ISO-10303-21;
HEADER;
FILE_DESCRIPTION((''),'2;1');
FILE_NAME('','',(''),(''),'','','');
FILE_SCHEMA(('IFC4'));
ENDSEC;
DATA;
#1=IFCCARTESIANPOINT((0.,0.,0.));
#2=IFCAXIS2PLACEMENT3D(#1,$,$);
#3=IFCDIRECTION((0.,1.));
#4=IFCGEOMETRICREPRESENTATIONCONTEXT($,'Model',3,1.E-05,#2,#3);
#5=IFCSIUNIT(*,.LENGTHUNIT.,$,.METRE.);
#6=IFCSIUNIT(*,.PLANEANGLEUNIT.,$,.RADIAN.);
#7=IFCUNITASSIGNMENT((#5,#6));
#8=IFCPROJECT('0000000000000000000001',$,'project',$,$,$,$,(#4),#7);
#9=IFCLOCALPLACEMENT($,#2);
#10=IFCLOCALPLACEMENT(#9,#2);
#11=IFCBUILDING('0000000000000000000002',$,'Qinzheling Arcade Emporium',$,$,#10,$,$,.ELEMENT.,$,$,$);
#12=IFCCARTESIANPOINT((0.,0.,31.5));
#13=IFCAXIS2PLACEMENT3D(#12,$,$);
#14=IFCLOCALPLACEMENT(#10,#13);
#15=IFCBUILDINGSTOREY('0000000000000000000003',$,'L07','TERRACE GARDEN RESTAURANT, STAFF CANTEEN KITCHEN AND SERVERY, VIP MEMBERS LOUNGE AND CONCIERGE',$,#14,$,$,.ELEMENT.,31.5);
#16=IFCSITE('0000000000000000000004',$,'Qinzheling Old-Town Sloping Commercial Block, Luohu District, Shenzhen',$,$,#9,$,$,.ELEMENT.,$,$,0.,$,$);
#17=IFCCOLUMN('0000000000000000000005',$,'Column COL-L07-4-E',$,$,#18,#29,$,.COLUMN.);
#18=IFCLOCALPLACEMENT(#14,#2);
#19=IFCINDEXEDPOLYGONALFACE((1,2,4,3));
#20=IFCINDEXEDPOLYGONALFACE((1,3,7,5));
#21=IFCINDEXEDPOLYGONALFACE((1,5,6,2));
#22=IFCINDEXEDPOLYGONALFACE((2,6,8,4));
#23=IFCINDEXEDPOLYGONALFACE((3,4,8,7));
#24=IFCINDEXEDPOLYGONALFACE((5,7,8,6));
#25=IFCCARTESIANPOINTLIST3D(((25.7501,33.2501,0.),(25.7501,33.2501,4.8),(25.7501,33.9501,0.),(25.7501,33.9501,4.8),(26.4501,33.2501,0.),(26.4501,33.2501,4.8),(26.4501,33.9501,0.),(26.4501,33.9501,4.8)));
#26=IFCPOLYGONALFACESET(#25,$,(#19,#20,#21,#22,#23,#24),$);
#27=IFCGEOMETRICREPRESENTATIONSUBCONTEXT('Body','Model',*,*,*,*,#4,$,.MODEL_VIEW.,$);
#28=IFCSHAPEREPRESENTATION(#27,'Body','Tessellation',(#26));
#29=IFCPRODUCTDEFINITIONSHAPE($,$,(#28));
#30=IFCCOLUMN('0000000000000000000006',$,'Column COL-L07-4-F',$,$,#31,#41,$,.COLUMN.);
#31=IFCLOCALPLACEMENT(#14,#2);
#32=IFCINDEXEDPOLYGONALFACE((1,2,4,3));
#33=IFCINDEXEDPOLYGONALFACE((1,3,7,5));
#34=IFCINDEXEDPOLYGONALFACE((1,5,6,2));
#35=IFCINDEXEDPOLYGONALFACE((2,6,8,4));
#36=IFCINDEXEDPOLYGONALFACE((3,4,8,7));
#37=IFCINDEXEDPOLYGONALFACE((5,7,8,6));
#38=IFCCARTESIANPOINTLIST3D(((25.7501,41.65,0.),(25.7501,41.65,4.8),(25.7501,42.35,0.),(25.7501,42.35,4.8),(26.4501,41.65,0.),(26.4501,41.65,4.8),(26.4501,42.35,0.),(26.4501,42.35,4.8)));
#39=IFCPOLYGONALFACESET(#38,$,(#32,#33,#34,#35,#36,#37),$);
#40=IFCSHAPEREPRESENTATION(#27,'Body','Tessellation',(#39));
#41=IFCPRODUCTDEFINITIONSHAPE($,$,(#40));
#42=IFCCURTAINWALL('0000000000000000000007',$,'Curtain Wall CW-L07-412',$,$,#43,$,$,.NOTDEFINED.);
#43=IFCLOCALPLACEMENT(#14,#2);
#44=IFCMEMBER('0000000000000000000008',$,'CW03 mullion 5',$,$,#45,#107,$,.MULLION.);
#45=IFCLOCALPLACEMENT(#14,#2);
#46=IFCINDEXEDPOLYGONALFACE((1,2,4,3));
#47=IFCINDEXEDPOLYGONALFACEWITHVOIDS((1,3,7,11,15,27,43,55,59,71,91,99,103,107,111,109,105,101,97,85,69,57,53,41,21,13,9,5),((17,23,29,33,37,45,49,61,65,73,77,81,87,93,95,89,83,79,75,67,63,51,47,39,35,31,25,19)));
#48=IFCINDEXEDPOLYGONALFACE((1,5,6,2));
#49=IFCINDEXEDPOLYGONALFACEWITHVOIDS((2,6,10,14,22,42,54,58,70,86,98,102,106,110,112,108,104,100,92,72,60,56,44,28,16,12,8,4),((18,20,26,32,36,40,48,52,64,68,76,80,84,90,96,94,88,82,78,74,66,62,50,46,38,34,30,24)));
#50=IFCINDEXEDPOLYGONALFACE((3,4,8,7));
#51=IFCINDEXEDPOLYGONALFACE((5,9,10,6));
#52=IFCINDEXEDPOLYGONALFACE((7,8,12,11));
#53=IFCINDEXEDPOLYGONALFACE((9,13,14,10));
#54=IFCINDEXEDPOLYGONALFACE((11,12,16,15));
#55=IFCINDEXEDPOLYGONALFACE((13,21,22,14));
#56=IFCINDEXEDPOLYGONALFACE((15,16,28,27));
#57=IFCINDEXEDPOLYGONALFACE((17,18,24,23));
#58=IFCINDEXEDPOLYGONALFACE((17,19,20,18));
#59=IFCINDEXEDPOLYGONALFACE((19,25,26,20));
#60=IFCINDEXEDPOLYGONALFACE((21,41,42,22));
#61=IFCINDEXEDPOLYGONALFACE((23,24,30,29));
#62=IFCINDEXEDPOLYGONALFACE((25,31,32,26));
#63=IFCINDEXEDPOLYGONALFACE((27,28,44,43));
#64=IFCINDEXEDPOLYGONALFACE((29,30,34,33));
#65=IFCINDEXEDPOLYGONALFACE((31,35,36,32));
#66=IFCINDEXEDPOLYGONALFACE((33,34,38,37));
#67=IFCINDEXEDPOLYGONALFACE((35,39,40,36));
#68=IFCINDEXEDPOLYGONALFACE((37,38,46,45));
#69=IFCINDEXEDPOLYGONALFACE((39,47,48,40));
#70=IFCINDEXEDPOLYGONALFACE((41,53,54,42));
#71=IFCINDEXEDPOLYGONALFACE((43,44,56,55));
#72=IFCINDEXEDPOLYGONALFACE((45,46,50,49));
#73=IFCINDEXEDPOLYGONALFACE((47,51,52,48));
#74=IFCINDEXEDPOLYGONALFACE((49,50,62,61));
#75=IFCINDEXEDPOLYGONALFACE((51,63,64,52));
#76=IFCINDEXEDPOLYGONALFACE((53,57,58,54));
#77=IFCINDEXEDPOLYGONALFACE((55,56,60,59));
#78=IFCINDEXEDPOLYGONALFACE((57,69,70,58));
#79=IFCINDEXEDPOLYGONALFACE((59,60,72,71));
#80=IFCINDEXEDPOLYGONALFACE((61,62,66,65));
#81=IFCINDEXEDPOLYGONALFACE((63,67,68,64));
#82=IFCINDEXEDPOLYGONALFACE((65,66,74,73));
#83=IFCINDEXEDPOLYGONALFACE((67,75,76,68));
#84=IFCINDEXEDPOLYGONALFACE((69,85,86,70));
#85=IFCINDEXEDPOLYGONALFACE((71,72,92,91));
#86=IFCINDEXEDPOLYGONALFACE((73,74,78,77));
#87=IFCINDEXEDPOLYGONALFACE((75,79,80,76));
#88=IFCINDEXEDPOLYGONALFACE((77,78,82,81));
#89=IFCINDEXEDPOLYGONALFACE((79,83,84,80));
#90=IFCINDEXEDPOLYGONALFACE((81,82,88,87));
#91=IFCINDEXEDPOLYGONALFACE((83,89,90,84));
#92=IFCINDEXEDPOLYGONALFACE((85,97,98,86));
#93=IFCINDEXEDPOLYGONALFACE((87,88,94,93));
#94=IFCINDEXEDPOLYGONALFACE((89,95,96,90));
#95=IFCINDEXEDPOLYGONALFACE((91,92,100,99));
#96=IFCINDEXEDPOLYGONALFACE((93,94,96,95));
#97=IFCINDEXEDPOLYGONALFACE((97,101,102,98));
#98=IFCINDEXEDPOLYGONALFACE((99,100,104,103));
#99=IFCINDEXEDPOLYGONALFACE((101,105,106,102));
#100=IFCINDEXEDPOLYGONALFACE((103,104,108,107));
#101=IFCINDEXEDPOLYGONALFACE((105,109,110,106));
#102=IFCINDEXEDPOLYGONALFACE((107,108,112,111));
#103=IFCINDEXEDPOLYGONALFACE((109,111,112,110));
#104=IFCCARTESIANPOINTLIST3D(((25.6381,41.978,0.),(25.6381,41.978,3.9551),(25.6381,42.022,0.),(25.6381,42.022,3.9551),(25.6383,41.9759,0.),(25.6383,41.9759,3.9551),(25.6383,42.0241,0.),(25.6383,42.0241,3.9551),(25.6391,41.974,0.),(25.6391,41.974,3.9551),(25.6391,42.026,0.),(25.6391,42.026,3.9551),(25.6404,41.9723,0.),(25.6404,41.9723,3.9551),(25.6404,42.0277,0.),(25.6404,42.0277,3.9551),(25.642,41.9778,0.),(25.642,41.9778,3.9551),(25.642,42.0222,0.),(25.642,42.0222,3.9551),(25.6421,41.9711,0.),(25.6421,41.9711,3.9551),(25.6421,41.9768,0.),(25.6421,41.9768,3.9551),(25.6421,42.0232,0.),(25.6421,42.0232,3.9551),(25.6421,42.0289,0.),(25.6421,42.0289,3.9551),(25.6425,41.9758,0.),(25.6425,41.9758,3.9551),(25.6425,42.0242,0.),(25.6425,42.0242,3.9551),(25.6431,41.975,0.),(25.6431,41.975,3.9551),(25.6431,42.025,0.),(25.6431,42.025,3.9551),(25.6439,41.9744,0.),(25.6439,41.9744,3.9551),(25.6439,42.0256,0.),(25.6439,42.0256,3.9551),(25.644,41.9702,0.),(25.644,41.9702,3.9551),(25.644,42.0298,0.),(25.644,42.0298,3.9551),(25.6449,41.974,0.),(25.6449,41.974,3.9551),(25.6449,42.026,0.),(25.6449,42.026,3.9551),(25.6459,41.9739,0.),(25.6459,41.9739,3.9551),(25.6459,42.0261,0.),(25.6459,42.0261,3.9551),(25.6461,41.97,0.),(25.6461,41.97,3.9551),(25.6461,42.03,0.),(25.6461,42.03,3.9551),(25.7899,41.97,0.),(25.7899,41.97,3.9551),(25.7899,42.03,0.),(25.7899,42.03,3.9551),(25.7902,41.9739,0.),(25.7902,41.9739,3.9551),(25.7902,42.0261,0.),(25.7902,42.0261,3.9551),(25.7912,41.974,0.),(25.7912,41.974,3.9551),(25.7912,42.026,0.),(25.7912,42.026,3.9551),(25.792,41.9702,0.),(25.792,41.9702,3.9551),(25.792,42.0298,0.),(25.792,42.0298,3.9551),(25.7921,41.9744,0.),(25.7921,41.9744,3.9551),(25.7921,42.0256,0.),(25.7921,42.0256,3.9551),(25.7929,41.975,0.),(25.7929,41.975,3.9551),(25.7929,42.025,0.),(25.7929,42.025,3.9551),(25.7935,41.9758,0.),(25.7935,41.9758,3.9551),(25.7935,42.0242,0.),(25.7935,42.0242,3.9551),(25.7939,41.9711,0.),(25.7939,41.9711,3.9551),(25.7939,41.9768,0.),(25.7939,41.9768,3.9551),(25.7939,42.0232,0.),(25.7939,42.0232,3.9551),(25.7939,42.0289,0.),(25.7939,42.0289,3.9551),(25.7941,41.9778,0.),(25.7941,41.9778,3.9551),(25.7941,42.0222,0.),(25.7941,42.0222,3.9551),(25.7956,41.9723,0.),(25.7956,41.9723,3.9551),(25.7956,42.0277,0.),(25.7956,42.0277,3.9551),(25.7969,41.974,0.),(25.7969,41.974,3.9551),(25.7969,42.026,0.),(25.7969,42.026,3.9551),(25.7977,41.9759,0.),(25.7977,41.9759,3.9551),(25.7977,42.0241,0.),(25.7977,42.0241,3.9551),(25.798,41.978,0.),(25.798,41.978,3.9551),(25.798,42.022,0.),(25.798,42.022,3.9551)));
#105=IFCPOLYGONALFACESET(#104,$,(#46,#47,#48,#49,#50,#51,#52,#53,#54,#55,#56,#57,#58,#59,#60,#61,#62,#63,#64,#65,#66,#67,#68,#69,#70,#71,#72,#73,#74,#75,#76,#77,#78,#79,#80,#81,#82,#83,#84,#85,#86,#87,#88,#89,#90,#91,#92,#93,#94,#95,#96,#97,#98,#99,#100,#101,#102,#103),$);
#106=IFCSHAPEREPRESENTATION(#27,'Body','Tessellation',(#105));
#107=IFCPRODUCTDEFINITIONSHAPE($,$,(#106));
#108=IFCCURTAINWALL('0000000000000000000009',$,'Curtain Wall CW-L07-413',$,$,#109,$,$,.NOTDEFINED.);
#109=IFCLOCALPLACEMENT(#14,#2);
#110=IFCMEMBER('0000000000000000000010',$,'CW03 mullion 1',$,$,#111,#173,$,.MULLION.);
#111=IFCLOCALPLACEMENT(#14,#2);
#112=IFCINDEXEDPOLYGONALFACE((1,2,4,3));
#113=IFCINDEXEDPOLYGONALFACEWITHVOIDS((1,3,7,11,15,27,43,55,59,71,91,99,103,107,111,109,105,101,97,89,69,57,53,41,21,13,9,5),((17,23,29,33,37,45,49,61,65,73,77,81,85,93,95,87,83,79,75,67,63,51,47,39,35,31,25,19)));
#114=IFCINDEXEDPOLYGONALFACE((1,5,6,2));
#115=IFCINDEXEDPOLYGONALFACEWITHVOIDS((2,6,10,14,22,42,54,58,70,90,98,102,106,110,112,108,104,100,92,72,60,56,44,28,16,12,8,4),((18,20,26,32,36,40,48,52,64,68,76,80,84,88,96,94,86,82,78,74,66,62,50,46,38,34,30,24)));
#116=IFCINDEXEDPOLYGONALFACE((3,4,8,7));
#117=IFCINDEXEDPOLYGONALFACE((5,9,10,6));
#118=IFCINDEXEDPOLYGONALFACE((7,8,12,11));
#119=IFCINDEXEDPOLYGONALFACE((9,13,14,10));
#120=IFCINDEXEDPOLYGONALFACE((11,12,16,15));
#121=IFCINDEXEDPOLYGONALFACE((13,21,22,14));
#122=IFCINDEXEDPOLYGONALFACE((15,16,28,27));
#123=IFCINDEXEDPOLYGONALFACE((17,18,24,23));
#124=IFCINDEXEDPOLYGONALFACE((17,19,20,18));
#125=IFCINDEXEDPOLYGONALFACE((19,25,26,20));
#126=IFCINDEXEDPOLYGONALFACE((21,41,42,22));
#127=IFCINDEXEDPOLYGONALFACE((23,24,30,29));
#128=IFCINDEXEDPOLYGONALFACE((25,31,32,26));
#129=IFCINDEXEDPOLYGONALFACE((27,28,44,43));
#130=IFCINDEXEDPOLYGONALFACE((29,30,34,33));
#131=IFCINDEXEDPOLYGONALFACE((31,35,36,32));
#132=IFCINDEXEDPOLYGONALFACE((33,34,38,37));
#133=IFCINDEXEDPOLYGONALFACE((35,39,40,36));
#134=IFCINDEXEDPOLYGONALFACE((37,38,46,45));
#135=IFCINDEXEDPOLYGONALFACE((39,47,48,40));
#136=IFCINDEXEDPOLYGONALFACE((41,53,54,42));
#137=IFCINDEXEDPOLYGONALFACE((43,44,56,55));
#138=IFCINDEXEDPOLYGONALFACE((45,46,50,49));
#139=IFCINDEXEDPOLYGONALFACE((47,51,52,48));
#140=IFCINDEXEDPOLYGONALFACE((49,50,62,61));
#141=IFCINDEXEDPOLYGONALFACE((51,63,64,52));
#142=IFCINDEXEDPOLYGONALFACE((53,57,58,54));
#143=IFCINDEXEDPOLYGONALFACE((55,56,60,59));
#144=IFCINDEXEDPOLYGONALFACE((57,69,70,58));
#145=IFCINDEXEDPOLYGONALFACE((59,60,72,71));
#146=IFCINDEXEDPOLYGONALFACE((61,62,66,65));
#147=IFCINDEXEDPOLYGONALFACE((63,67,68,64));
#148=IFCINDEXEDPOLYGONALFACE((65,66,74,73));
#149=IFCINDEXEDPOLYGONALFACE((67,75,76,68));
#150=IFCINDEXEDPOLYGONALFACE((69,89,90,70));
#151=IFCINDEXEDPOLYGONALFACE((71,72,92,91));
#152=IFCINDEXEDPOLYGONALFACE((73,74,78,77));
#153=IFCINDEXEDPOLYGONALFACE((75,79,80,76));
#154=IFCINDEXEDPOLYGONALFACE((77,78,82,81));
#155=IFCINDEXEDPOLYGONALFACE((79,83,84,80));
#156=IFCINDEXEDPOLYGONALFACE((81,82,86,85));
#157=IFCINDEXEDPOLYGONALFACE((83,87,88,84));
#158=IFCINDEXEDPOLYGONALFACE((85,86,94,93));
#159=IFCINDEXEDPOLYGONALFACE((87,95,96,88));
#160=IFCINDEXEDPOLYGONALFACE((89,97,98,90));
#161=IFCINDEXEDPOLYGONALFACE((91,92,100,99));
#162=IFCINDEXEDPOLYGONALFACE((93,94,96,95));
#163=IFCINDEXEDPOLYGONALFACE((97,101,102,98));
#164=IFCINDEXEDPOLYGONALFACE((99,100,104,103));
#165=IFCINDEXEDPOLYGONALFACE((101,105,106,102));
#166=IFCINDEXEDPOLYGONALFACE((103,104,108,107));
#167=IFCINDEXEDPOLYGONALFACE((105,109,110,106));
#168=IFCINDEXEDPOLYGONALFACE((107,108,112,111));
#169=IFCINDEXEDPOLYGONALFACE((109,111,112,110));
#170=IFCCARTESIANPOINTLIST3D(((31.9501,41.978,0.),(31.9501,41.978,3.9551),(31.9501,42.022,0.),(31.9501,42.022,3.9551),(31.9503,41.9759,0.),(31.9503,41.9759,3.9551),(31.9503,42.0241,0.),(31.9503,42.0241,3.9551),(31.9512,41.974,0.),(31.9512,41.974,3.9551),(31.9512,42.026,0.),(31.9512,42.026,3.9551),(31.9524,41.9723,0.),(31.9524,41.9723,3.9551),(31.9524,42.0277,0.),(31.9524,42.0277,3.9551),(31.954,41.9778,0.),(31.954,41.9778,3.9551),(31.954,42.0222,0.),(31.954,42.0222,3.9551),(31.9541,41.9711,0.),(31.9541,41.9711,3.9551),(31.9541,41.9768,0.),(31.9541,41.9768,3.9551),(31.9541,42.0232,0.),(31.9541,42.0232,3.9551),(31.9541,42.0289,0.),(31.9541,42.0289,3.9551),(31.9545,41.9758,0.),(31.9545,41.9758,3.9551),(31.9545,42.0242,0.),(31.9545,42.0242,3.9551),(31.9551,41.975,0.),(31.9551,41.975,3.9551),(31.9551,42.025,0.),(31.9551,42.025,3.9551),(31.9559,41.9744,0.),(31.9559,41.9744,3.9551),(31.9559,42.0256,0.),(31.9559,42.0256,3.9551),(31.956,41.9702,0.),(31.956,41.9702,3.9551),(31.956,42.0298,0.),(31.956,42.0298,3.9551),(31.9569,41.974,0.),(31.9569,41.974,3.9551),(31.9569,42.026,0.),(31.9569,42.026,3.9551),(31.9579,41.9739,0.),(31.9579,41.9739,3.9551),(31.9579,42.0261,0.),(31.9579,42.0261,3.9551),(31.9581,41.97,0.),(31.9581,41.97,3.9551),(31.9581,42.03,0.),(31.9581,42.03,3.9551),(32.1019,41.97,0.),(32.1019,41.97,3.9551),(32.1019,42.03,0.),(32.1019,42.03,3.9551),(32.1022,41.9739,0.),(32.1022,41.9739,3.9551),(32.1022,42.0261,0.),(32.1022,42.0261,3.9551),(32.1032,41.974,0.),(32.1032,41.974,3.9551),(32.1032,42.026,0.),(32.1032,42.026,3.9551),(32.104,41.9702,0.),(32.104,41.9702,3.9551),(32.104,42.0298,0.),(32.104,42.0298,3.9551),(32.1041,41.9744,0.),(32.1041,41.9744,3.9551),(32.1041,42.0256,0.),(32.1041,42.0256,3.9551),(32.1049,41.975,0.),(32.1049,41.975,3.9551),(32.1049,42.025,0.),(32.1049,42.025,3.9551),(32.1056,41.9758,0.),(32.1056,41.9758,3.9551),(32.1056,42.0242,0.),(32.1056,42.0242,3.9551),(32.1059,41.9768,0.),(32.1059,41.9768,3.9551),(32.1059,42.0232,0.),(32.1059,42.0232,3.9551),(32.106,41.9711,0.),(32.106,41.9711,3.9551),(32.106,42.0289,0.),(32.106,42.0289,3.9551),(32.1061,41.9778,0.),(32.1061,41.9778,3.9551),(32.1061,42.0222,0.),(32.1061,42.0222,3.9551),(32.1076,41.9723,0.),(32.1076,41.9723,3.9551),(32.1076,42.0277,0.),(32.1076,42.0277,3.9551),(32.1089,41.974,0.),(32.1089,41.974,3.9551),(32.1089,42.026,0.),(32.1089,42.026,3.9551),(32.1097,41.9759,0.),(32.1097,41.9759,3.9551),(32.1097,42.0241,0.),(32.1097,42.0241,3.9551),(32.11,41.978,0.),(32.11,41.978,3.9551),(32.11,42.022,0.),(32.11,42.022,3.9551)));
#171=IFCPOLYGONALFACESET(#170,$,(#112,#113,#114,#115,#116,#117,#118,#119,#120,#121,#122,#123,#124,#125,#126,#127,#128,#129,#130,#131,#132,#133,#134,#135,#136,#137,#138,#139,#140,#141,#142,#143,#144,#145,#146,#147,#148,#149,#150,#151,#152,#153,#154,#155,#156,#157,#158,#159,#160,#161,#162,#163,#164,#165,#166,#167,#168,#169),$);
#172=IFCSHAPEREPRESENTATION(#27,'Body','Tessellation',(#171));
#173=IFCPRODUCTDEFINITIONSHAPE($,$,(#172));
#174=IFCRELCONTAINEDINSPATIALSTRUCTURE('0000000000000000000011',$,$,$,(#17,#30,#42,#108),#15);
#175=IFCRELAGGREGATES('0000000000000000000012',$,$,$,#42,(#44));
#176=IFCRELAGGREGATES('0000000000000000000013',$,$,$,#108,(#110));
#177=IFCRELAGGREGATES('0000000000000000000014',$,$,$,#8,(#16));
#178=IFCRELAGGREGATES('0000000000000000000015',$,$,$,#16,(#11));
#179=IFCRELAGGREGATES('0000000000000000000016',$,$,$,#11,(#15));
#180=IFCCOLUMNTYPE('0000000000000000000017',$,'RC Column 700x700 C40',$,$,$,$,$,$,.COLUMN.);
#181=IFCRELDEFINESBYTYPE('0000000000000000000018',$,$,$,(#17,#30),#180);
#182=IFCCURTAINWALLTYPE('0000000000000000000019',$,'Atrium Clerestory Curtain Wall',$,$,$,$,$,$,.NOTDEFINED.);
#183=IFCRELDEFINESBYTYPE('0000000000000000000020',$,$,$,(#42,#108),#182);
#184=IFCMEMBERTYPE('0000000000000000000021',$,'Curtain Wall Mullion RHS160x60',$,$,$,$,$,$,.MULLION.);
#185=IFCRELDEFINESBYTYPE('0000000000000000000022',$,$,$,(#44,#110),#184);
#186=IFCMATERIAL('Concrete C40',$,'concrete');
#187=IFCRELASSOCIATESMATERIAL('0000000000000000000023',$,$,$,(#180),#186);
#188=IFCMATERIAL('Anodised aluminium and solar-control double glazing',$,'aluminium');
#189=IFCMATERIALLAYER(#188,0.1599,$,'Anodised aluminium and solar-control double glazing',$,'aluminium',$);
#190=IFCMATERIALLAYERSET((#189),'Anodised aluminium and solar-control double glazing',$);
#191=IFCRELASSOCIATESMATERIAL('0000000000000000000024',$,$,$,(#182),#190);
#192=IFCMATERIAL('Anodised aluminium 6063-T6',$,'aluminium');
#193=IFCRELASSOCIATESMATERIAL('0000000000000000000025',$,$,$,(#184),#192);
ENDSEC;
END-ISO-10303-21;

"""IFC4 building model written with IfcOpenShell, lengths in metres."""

from ifc_helpers import new_model, si_unit, direction, frame, origin, origin_2d, place, context, subcontext, project, spatial, rectangle, hollow_rectangle, extrude, material, layer, layer_set, material_profile, profile_set, type_object, element, aggregate, save


model = new_model("IFC4")

# Units and contexts
model_context = context("Model", 3, precision=1e-05, world=origin(), true_north=direction((0.0, 1.0)))
body_context = subcontext(model_context, "Body", "Model", "MODEL_VIEW")
ifc_project = project(units=[si_unit("LENGTHUNIT", "METRE"), si_unit("PLANEANGLEUNIT", "RADIAN")], contexts=[model_context])

# Site, building, storey
site_placement = place(None, origin())
site = spatial("IfcSite", under=ifc_project, at=site_placement, Name="Qinzheling Old-Town Sloping Commercial Block, Luohu District, Shenzhen", CompositionType="ELEMENT", RefElevation=0.0)
building_placement = place(site_placement, origin())
building = spatial("IfcBuilding", under=site, at=building_placement, Name="Qinzheling Arcade Emporium", CompositionType="ELEMENT")
storey_placement = place(building_placement, frame((0.0, 0.0, 31.5)))
storey = spatial("IfcBuildingStorey", under=building, at=storey_placement, Name="L07", Description="TERRACE GARDEN RESTAURANT, STAFF CANTEEN KITCHEN AND SERVERY, VIP MEMBERS LOUNGE AND CONCIERGE", CompositionType="ELEMENT", Elevation=31.5)

# Columns
ifc_material_1 = material(Name="Concrete C40", Category="concrete")
ifc_material_profile_1 = material_profile(ifc_material_1, rectangle(XDim=0.7, YDim=0.7, at=origin_2d()), Name="RC 700x700", Category="concrete")
ifc_profile_set_1 = profile_set([ifc_material_profile_1], Name="Concrete C40")
column_type = type_object("IfcColumnType", Name="RC Column 700x700 C40", PredefinedType="COLUMN", material=ifc_profile_set_1)
for number, where, z_axis, x_axis, name in (
    (1, (26.1001, 33.6001, 0.0), (0.0, 0.0, 1.0), (1.0, 0.0, 0.0), "Column COL-L07-4-E"),
    (2, (26.1001, 42.0, 0.0), (0.0, 0.0, 1.0), (1.0, 0.0, 0.0), "Column COL-L07-4-F"),
):
    element("IfcColumn", number, at=place(storey_placement, frame(where, z_axis=z_axis, x_axis=x_axis)), inside=storey, type_object=column_type, Name=name, PredefinedType="COLUMN", context=body_context, shape_type="SweptSolid", body=[
        extrude(rectangle(XDim=0.7, YDim=0.7, at=origin_2d()), origin(), (0.0, 0.0, 1.0), 4.8),
    ])

# Curtain wall, member
ifc_material_2 = material(Name="Anodised aluminium and solar-control double glazing", Category="aluminium")
ifc_layer_1 = layer(ifc_material_2, 0.1599, Name="Anodised aluminium and solar-control double glazing", Category="aluminium")
ifc_layer_set_1 = layer_set([ifc_layer_1], Name="Anodised aluminium and solar-control double glazing")
curtain_wall_type = type_object("IfcCurtainWallType", Name="Atrium Clerestory Curtain Wall", PredefinedType="NOTDEFINED", material=ifc_layer_set_1)
curtain_wall_1_placement = place(storey_placement, origin())
curtain_wall_1 = element("IfcCurtainWall", 3, at=curtain_wall_1_placement, inside=storey, type_object=curtain_wall_type, Name="Curtain Wall CW-L07-412", PredefinedType="NOTDEFINED")
ifc_material_3 = material(Name="Anodised aluminium 6063-T6", Category="aluminium")
ifc_material_profile_2 = material_profile(ifc_material_3, hollow_rectangle(XDim=0.0601, YDim=0.1599, WallThickness=0.0039, InnerFilletRadius=0.0039, OuterFilletRadius=0.0081, at=origin_2d()), Name="RHS 160x60x4", Category="aluminium")
ifc_profile_set_2 = profile_set([ifc_material_profile_2], Name="Anodised aluminium 6063-T6")
member_type_1 = type_object("IfcMemberType", Name="Curtain Wall Mullion RHS160x60", PredefinedType="MULLION", material=ifc_profile_set_2)
member_1_placement = place(storey_placement, frame((25.718, 42.0, 0.0), z_axis=(0.0, 0.0, 1.0), x_axis=(0.0, 1.0, 0.0)))
member_1 = element("IfcMember", 4, at=member_1_placement, type_object=member_type_1, Name="CW03 mullion 5", PredefinedType="MULLION", context=body_context, shape_type="SweptSolid", body=[
    extrude(hollow_rectangle(XDim=0.0601, YDim=0.1599, WallThickness=0.0039, InnerFilletRadius=0.0039, OuterFilletRadius=0.0081, at=origin_2d()), origin(), (0.0, 0.0, 1.0), 3.9551),
])

# Curtain wall, member
curtain_wall_2_placement = place(storey_placement, origin())
curtain_wall_2 = element("IfcCurtainWall", 5, at=curtain_wall_2_placement, inside=storey, type_object=curtain_wall_type, Name="Curtain Wall CW-L07-413", PredefinedType="NOTDEFINED")
member_2_placement = place(storey_placement, frame((32.03, 42.0, 0.0), z_axis=(0.0, 0.0, 1.0), x_axis=(0.0, 1.0, 0.0)))
member_2 = element("IfcMember", 6, at=member_2_placement, type_object=member_type_1, Name="CW03 mullion 1", PredefinedType="MULLION", context=body_context, shape_type="SweptSolid", body=[
    extrude(hollow_rectangle(XDim=0.0601, YDim=0.1599, WallThickness=0.0039, InnerFilletRadius=0.0039, OuterFilletRadius=0.0081, at=origin_2d()), origin(), (0.0, 0.0, 1.0), 3.9551),
])

aggregate(curtain_wall_1, [member_1])
aggregate(curtain_wall_2, [member_2])

save(model, "model.ifc")
